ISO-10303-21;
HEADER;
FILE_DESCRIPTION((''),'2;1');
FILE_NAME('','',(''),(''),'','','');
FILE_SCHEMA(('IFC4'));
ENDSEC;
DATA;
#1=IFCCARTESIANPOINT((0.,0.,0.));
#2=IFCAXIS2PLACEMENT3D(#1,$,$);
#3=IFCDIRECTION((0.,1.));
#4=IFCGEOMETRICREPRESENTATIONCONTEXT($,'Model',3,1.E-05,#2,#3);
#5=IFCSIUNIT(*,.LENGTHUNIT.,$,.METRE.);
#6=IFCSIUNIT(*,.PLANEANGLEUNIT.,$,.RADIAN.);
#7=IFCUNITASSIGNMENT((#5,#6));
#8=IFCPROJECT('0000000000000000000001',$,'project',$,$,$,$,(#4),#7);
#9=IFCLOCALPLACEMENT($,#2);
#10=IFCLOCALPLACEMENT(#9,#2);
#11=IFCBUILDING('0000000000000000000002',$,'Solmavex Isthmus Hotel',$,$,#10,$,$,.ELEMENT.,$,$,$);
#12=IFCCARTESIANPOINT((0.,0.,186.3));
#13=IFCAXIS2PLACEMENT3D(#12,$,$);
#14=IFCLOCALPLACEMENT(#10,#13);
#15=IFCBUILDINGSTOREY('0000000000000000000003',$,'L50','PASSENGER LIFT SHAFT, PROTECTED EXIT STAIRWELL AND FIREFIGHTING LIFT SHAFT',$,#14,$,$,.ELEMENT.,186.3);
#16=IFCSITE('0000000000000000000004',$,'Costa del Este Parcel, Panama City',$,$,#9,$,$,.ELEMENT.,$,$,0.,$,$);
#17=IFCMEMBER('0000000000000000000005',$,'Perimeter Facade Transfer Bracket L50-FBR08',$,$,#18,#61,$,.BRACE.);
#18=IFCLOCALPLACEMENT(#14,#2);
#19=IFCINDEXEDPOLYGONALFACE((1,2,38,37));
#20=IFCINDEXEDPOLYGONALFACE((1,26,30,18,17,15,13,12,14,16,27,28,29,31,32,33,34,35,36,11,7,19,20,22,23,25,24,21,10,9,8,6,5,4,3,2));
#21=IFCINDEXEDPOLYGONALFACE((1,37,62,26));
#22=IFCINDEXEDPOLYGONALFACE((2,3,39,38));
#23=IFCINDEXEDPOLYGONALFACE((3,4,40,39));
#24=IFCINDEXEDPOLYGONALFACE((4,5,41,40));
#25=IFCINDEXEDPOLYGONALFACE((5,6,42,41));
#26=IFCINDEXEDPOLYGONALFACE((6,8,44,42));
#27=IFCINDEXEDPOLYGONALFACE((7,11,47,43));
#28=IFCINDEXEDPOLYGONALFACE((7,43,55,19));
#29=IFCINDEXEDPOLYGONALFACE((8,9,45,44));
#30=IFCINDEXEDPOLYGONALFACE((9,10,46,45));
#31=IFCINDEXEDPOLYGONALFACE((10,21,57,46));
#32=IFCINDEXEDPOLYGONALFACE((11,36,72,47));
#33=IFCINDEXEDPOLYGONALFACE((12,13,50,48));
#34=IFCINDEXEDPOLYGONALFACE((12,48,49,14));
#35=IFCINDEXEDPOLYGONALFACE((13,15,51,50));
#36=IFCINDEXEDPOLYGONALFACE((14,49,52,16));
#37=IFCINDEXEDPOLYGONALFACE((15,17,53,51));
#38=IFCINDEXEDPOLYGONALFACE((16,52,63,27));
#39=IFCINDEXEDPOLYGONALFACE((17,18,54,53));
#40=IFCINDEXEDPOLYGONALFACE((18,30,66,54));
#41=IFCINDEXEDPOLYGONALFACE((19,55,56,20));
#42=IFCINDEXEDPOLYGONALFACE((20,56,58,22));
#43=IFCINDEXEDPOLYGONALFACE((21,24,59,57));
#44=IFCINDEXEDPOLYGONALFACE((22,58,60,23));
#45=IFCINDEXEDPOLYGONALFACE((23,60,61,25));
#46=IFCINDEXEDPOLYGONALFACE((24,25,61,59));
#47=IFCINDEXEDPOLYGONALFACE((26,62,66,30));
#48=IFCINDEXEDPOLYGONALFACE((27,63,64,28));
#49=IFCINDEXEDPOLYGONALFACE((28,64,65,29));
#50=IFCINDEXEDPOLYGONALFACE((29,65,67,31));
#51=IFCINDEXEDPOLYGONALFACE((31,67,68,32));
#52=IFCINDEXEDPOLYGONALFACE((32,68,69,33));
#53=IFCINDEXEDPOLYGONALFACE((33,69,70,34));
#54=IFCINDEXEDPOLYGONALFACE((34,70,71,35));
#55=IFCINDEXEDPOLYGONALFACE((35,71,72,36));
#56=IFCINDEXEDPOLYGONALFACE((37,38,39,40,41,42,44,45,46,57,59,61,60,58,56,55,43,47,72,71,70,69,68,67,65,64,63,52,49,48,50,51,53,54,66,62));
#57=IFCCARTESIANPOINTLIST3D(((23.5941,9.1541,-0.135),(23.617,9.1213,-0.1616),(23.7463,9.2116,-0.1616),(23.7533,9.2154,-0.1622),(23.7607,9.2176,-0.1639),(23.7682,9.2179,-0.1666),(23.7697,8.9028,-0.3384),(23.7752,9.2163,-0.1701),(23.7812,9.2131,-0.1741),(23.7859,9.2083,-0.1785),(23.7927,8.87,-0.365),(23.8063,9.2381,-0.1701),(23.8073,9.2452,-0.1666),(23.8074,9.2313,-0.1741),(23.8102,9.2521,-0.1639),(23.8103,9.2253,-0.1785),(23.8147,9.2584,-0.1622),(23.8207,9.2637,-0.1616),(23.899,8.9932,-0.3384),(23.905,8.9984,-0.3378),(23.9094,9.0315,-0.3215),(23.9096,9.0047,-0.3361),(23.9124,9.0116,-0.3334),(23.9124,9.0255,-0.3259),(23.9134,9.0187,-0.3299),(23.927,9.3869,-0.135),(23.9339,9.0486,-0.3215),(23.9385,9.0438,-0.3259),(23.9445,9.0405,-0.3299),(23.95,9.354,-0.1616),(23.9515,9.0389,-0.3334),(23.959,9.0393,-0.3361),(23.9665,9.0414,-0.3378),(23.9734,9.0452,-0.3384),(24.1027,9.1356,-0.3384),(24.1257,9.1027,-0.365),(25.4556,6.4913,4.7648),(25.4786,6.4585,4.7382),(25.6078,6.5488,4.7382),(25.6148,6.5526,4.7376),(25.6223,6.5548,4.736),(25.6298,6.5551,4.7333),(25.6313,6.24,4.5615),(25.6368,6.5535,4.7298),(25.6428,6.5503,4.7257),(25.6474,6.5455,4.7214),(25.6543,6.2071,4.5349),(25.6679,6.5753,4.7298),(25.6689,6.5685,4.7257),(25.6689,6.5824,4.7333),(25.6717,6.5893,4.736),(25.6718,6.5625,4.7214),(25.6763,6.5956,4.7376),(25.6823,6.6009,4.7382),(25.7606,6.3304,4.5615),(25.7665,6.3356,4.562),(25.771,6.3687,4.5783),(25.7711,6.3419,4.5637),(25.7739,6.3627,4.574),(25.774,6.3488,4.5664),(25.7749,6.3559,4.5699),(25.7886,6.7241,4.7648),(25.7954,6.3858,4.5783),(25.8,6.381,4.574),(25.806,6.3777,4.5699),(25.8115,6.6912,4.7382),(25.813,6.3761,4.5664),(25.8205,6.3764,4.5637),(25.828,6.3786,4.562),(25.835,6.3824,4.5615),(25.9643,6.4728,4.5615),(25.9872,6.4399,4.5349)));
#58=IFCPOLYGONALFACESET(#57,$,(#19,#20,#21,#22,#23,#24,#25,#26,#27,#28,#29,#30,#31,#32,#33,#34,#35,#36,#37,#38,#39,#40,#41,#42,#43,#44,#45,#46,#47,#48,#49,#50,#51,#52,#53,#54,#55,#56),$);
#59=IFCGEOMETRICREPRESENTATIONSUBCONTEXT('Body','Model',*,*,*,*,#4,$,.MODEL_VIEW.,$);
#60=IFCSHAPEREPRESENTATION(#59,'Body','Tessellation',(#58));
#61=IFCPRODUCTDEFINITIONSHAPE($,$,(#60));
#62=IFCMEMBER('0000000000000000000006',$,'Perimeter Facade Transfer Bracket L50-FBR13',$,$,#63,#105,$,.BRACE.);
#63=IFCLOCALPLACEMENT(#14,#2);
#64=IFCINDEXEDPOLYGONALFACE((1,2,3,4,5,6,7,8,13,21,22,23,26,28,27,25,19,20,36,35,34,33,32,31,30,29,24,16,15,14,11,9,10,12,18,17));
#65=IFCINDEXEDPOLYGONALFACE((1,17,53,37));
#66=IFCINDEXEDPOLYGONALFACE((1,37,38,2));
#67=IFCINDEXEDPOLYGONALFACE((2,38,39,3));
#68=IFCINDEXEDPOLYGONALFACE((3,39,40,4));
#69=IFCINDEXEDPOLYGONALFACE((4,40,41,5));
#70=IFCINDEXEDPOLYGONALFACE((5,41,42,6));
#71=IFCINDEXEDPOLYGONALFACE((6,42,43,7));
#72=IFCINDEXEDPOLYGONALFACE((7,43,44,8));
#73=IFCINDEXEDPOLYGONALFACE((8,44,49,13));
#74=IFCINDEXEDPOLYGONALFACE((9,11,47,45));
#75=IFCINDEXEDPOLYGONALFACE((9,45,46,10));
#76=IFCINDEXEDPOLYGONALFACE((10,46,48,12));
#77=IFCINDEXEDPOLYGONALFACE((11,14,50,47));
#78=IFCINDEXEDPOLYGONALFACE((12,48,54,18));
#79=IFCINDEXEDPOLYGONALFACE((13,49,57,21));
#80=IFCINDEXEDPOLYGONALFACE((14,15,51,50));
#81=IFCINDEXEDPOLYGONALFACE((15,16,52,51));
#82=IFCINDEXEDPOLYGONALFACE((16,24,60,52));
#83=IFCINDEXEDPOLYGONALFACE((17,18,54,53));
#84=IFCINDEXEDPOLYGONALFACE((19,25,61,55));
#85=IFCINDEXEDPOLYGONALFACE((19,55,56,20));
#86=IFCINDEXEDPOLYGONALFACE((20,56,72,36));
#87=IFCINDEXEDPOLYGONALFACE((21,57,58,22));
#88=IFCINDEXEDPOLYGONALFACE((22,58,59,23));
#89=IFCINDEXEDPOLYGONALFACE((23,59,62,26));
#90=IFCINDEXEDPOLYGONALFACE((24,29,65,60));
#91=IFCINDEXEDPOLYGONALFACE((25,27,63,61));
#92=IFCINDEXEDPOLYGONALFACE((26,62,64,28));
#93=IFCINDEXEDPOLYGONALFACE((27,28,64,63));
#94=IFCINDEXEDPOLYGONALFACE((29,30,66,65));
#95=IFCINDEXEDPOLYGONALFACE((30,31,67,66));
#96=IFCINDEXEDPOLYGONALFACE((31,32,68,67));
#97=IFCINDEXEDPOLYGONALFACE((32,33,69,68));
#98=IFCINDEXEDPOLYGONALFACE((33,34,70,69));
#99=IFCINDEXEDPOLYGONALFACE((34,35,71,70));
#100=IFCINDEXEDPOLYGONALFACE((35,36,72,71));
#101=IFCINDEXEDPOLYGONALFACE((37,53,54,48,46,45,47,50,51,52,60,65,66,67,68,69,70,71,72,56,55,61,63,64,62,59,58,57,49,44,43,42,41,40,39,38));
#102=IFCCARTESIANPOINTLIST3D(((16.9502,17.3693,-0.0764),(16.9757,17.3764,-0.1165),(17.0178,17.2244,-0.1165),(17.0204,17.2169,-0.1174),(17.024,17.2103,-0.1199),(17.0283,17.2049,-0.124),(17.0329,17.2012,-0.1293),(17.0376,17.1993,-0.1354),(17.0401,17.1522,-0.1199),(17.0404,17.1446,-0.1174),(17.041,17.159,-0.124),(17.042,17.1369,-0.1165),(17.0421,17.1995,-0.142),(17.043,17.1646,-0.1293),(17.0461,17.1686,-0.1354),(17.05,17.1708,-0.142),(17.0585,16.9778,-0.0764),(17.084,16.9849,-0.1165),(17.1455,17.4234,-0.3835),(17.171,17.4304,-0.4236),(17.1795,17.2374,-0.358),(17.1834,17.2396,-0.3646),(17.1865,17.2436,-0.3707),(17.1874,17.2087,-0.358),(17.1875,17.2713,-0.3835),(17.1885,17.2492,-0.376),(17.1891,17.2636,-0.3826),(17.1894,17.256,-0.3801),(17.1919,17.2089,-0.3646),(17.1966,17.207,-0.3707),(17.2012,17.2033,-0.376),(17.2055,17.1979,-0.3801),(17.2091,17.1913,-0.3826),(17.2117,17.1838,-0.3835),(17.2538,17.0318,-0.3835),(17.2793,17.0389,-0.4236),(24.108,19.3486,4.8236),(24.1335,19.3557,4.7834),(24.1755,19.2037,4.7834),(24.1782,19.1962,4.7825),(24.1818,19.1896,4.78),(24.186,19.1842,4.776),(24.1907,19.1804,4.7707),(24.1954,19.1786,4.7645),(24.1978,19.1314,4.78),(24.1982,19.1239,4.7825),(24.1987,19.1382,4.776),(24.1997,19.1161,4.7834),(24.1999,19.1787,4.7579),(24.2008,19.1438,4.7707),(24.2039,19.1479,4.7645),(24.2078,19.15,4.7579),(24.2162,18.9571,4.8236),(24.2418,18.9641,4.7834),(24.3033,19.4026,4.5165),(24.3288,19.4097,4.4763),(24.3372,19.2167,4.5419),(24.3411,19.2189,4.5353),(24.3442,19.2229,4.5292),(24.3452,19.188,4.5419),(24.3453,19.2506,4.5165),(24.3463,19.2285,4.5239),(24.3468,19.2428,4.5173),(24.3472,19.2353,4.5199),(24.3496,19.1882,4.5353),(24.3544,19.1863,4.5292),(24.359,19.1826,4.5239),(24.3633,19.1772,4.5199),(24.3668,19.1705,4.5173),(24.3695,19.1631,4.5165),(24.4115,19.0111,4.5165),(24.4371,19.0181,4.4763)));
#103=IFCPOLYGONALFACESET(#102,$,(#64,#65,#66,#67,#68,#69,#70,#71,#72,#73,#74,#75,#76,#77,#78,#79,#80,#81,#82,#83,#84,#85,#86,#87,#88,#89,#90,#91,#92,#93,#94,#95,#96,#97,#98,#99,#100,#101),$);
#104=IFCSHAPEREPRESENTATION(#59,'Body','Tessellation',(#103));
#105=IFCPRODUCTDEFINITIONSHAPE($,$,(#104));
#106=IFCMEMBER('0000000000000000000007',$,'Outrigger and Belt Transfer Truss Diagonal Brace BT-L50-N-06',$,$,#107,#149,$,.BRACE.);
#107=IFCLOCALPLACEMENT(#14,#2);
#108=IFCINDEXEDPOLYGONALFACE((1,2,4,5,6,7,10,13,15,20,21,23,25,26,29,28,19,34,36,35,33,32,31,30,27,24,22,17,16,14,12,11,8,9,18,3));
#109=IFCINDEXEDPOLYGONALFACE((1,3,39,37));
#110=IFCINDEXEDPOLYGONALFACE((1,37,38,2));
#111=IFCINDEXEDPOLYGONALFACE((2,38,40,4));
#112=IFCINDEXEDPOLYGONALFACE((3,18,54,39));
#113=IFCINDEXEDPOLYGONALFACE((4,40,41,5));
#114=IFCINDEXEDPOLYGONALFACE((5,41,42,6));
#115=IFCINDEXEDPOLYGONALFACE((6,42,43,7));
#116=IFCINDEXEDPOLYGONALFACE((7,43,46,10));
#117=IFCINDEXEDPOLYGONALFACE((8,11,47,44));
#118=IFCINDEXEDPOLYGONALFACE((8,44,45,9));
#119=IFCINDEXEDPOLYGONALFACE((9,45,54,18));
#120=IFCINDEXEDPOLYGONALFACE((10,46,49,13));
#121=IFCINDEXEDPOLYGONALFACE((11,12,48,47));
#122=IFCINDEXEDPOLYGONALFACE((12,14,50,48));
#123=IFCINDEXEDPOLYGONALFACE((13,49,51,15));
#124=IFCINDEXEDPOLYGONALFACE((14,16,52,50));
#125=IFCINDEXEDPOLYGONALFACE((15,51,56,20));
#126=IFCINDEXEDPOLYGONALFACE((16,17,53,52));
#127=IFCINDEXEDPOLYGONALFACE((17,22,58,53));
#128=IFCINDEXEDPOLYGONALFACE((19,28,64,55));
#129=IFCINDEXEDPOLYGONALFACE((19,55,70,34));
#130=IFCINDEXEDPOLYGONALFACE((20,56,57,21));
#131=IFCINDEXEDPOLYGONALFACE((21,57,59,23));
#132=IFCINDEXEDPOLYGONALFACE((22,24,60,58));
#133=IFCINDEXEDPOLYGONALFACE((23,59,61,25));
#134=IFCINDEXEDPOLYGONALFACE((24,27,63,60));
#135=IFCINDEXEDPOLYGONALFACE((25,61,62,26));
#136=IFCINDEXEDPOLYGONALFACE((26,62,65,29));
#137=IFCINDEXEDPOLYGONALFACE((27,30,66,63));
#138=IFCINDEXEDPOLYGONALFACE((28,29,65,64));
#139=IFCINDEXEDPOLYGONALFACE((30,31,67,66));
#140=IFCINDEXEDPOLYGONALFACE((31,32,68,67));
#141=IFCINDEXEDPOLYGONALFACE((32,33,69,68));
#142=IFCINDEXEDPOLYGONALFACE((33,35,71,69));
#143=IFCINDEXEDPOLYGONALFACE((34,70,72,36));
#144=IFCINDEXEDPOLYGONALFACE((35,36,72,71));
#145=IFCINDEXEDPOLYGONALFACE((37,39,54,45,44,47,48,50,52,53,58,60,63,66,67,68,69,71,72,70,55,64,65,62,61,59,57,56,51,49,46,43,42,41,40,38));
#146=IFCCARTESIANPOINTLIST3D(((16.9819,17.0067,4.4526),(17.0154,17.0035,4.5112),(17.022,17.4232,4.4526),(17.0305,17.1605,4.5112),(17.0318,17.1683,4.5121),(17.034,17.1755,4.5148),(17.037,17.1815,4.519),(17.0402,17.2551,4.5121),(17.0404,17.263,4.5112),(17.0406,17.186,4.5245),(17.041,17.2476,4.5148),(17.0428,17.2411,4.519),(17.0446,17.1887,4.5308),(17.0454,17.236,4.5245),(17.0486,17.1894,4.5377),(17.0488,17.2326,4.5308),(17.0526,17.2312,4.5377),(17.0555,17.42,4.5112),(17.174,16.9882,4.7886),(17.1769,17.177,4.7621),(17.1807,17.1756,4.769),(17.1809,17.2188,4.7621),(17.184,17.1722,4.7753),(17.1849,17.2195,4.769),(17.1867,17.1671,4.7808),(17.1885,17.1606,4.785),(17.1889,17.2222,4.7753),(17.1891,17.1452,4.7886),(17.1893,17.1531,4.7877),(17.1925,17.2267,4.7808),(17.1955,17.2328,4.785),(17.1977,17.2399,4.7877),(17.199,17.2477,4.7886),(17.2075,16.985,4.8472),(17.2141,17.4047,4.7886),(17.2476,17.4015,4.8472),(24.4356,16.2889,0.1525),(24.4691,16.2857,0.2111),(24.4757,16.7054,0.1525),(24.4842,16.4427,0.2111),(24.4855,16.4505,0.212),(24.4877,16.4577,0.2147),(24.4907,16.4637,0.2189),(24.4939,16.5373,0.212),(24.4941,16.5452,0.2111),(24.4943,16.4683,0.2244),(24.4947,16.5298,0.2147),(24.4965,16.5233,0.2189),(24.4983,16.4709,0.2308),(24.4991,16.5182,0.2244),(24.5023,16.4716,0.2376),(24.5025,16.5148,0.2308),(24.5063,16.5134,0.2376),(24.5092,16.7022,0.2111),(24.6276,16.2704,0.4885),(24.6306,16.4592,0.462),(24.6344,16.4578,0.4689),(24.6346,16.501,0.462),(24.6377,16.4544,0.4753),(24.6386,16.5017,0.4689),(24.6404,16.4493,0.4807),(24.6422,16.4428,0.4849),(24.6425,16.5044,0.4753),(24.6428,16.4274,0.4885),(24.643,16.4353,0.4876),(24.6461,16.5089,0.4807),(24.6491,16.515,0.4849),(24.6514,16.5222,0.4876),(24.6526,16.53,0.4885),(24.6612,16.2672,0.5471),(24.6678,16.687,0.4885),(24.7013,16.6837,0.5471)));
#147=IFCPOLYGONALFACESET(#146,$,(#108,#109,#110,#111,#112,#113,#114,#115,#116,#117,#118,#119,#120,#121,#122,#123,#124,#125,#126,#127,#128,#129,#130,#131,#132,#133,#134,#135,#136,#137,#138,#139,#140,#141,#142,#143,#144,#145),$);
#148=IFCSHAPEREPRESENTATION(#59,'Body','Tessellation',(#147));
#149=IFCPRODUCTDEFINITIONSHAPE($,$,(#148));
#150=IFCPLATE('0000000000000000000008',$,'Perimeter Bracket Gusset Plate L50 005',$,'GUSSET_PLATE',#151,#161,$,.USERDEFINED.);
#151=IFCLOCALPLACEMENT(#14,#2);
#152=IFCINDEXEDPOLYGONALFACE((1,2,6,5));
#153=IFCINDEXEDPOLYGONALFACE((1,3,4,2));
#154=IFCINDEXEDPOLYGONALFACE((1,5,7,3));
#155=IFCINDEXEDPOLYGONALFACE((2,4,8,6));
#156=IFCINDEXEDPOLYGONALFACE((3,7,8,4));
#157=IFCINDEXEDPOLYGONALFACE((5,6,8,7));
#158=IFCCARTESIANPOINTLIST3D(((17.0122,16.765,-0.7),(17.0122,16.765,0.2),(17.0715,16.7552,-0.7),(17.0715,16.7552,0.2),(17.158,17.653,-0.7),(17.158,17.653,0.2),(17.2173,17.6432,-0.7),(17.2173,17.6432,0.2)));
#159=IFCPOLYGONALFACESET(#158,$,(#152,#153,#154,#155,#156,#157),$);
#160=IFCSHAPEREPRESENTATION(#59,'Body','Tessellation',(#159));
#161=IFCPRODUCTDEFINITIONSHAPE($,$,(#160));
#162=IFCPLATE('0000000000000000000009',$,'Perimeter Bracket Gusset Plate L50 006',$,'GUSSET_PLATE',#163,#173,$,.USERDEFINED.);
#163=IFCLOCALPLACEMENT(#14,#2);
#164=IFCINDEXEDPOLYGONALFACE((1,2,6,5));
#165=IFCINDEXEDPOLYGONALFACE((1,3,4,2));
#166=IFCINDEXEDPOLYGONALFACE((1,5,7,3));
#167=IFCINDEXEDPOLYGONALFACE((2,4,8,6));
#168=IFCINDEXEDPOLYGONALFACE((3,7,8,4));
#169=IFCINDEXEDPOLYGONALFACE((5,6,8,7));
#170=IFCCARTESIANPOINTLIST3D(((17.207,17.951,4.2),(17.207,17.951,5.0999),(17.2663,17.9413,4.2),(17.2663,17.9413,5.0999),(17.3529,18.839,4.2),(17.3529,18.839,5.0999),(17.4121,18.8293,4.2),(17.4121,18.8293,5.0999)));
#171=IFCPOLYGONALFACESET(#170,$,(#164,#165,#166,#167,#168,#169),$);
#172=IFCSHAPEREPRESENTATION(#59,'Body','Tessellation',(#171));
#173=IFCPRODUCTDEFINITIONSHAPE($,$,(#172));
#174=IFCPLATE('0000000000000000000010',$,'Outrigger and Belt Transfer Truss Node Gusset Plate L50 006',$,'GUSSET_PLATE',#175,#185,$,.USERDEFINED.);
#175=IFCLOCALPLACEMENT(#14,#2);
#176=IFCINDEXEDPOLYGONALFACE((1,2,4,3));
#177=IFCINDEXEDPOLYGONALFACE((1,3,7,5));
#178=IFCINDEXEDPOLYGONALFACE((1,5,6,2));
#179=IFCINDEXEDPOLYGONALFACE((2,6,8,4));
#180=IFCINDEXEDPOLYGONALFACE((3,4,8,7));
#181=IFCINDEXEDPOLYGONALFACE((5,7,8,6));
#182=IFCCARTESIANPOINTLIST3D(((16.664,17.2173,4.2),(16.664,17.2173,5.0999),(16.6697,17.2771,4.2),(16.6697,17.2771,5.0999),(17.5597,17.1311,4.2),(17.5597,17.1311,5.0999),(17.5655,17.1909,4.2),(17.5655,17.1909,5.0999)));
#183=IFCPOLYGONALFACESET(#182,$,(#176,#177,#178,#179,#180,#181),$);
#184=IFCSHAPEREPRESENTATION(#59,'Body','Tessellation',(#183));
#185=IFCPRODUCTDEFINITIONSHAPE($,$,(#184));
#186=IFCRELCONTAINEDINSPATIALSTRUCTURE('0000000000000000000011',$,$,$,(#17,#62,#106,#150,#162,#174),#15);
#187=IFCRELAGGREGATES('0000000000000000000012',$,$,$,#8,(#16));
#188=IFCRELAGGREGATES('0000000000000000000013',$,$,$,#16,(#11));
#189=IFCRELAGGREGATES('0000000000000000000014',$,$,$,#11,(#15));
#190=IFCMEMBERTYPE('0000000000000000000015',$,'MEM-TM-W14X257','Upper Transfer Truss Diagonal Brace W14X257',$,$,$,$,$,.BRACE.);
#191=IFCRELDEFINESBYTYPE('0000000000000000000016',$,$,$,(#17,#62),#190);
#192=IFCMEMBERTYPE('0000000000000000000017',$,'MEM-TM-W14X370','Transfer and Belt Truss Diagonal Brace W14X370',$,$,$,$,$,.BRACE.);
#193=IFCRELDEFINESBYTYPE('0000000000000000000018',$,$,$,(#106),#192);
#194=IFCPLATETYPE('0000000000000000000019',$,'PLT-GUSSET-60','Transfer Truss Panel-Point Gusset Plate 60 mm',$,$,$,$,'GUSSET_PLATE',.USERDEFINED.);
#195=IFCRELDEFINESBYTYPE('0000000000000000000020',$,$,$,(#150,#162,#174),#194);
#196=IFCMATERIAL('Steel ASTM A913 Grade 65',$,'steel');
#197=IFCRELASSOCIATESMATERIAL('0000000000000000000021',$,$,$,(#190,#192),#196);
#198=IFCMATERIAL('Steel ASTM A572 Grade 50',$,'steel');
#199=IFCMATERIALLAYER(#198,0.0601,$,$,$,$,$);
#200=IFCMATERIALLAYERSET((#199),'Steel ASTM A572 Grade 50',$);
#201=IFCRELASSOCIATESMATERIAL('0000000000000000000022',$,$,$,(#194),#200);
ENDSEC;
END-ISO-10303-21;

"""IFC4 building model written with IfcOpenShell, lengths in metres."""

from ifc_helpers import new_model, si_unit, direction, frame, origin, origin_2d, place, context, subcontext, project, spatial, rectangle, i_section, extrude, material, layer, layer_set, material_profile, profile_set, type_object, element, save


model = new_model("IFC4")

# Units and contexts
model_context = context("Model", 3, precision=1e-05, world=origin(), true_north=direction((0.0, 1.0)))
body_context = subcontext(model_context, "Body", "Model", "MODEL_VIEW")
ifc_project = project(units=[si_unit("LENGTHUNIT", "METRE"), si_unit("PLANEANGLEUNIT", "RADIAN")], contexts=[model_context])

# Site, building, storey
site_placement = place(None, origin())
site = spatial("IfcSite", under=ifc_project, at=site_placement, Name="Costa del Este Parcel, Panama City", CompositionType="ELEMENT", RefElevation=0.0)
building_placement = place(site_placement, origin())
building = spatial("IfcBuilding", under=site, at=building_placement, Name="Solmavex Isthmus Hotel", CompositionType="ELEMENT")
storey_placement = place(building_placement, frame((0.0, 0.0, 186.3)))
storey = spatial("IfcBuildingStorey", under=building, at=storey_placement, Name="L50", Description="PASSENGER LIFT SHAFT, PROTECTED EXIT STAIRWELL AND FIREFIGHTING LIFT SHAFT", CompositionType="ELEMENT", Elevation=186.3)

# Shared definitions
ifc_material_1 = material(Name="Steel ASTM A913 Grade 65", Category="steel")

# Members
ifc_material_profile_1 = material_profile(ifc_material_1, i_section(OverallWidth=0.4062, OverallDepth=0.416, WebThickness=0.0298, FlangeThickness=0.0481, FilletRadius=0.0305, at=origin_2d()), Name="W14X257")
ifc_profile_set_1 = profile_set([ifc_material_profile_1], Name="Steel ASTM A913 Grade 65")
member_type_1 = type_object("IfcMemberType", Name="MEM-TM-W14X257", Description="Upper Transfer Truss Diagonal Brace W14X257", PredefinedType="BRACE", material=ifc_profile_set_1)
member_1_placement = place(storey_placement, frame((23.8599, 9.1284, -0.25), z_axis=(0.316636, -0.452924, 0.833427), x_axis=(0.819581, 0.572963, 0.0)))
element("IfcMember", 1, at=member_1_placement, inside=storey, type_object=member_type_1, Name="Perimeter Facade Transfer Bracket L50-FBR08", PredefinedType="BRACE", context=body_context, shape_type="SweptSolid", body=[
    extrude(i_section(OverallWidth=0.4062, OverallDepth=0.416, WebThickness=0.0298, FlangeThickness=0.0481, FilletRadius=0.0305, at=origin_2d()), origin(), (0.0, 0.0, 1.0), 5.8792),
])
member_2_placement = place(storey_placement, frame((17.1147, 17.2041, -0.25), z_axis=(0.804495, 0.222459, 0.550727), x_axis=(-0.266518, 0.96383, 0.0)))
element("IfcMember", 2, at=member_2_placement, inside=storey, type_object=member_type_1, Name="Perimeter Facade Transfer Bracket L50-FBR13", PredefinedType="BRACE", context=body_context, shape_type="SweptSolid", body=[
    extrude(i_section(OverallWidth=0.4062, OverallDepth=0.416, WebThickness=0.0298, FlangeThickness=0.0481, FilletRadius=0.0305, at=origin_2d()), origin(), (0.0, 0.0, 1.0), 8.8972),
])
ifc_material_profile_2 = material_profile(ifc_material_1, i_section(OverallWidth=0.4185, OverallDepth=0.4551, WebThickness=0.042, FlangeThickness=0.0676, FilletRadius=0.0305, at=origin_2d()), Name="W14X370")
ifc_profile_set_2 = profile_set([ifc_material_profile_2], Name="Steel ASTM A913 Grade 65")
member_type_2 = type_object("IfcMemberType", Name="MEM-TM-W14X370", Description="Transfer and Belt Truss Diagonal Brace W14X370", PredefinedType="BRACE", material=ifc_profile_set_2)
member_3_placement = place(storey_placement, frame((17.1147, 17.2041, 4.6499), z_axis=(0.863194, -0.083124, -0.497983), x_axis=(0.095855, 0.995395, 0.0)))
element("IfcMember", 3, at=member_3_placement, inside=storey, type_object=member_type_2, Name="Outrigger and Belt Transfer Truss Diagonal Brace BT-L50-N-06", PredefinedType="BRACE", context=body_context, shape_type="SweptSolid", body=[
    extrude(i_section(OverallWidth=0.4185, OverallDepth=0.4551, WebThickness=0.042, FlangeThickness=0.0676, FilletRadius=0.0305, at=origin_2d()), origin(), (0.0, 0.0, 1.0), 8.635),
])

# Plates
ifc_material_2 = material(Name="Steel ASTM A572 Grade 50", Category="steel")
ifc_layer = layer(ifc_material_2, 0.0601)
ifc_layer_set = layer_set([ifc_layer], Name="Steel ASTM A572 Grade 50")
plate_type = type_object("IfcPlateType", Name="PLT-GUSSET-60", Description="Transfer Truss Panel-Point Gusset Plate 60 mm", ElementType="GUSSET_PLATE", PredefinedType="USERDEFINED", material=ifc_layer_set)
for number, where, z_axis, x_axis, name in (
    (4, (17.1147, 17.2041, -0.7), (0.0, 0.0, 1.0), (0.162052, 0.986782, 0.0), "Perimeter Bracket Gusset Plate L50 005"),
    (5, (17.3096, 18.3901, 4.2), (0.0, 0.0, 1.0), (0.162052, 0.986782, 0.0), "Perimeter Bracket Gusset Plate L50 006"),
    (6, (17.1147, 17.2041, 4.2), (0.0, 0.0, 1.0), (0.995396, -0.095846, 0.0), "Outrigger and Belt Transfer Truss Node Gusset Plate L50 006"),
):
    element("IfcPlate", number, at=place(storey_placement, frame(where, z_axis=z_axis, x_axis=x_axis)), inside=storey, type_object=plate_type, Name=name, ObjectType="GUSSET_PLATE", PredefinedType="USERDEFINED", context=body_context, shape_type="SweptSolid", body=[
        extrude(rectangle(XDim=0.8999, YDim=0.0601, at=origin_2d()), origin(), (0.0, 0.0, 1.0), 0.8999),
    ])

save(model, "model.ifc")
